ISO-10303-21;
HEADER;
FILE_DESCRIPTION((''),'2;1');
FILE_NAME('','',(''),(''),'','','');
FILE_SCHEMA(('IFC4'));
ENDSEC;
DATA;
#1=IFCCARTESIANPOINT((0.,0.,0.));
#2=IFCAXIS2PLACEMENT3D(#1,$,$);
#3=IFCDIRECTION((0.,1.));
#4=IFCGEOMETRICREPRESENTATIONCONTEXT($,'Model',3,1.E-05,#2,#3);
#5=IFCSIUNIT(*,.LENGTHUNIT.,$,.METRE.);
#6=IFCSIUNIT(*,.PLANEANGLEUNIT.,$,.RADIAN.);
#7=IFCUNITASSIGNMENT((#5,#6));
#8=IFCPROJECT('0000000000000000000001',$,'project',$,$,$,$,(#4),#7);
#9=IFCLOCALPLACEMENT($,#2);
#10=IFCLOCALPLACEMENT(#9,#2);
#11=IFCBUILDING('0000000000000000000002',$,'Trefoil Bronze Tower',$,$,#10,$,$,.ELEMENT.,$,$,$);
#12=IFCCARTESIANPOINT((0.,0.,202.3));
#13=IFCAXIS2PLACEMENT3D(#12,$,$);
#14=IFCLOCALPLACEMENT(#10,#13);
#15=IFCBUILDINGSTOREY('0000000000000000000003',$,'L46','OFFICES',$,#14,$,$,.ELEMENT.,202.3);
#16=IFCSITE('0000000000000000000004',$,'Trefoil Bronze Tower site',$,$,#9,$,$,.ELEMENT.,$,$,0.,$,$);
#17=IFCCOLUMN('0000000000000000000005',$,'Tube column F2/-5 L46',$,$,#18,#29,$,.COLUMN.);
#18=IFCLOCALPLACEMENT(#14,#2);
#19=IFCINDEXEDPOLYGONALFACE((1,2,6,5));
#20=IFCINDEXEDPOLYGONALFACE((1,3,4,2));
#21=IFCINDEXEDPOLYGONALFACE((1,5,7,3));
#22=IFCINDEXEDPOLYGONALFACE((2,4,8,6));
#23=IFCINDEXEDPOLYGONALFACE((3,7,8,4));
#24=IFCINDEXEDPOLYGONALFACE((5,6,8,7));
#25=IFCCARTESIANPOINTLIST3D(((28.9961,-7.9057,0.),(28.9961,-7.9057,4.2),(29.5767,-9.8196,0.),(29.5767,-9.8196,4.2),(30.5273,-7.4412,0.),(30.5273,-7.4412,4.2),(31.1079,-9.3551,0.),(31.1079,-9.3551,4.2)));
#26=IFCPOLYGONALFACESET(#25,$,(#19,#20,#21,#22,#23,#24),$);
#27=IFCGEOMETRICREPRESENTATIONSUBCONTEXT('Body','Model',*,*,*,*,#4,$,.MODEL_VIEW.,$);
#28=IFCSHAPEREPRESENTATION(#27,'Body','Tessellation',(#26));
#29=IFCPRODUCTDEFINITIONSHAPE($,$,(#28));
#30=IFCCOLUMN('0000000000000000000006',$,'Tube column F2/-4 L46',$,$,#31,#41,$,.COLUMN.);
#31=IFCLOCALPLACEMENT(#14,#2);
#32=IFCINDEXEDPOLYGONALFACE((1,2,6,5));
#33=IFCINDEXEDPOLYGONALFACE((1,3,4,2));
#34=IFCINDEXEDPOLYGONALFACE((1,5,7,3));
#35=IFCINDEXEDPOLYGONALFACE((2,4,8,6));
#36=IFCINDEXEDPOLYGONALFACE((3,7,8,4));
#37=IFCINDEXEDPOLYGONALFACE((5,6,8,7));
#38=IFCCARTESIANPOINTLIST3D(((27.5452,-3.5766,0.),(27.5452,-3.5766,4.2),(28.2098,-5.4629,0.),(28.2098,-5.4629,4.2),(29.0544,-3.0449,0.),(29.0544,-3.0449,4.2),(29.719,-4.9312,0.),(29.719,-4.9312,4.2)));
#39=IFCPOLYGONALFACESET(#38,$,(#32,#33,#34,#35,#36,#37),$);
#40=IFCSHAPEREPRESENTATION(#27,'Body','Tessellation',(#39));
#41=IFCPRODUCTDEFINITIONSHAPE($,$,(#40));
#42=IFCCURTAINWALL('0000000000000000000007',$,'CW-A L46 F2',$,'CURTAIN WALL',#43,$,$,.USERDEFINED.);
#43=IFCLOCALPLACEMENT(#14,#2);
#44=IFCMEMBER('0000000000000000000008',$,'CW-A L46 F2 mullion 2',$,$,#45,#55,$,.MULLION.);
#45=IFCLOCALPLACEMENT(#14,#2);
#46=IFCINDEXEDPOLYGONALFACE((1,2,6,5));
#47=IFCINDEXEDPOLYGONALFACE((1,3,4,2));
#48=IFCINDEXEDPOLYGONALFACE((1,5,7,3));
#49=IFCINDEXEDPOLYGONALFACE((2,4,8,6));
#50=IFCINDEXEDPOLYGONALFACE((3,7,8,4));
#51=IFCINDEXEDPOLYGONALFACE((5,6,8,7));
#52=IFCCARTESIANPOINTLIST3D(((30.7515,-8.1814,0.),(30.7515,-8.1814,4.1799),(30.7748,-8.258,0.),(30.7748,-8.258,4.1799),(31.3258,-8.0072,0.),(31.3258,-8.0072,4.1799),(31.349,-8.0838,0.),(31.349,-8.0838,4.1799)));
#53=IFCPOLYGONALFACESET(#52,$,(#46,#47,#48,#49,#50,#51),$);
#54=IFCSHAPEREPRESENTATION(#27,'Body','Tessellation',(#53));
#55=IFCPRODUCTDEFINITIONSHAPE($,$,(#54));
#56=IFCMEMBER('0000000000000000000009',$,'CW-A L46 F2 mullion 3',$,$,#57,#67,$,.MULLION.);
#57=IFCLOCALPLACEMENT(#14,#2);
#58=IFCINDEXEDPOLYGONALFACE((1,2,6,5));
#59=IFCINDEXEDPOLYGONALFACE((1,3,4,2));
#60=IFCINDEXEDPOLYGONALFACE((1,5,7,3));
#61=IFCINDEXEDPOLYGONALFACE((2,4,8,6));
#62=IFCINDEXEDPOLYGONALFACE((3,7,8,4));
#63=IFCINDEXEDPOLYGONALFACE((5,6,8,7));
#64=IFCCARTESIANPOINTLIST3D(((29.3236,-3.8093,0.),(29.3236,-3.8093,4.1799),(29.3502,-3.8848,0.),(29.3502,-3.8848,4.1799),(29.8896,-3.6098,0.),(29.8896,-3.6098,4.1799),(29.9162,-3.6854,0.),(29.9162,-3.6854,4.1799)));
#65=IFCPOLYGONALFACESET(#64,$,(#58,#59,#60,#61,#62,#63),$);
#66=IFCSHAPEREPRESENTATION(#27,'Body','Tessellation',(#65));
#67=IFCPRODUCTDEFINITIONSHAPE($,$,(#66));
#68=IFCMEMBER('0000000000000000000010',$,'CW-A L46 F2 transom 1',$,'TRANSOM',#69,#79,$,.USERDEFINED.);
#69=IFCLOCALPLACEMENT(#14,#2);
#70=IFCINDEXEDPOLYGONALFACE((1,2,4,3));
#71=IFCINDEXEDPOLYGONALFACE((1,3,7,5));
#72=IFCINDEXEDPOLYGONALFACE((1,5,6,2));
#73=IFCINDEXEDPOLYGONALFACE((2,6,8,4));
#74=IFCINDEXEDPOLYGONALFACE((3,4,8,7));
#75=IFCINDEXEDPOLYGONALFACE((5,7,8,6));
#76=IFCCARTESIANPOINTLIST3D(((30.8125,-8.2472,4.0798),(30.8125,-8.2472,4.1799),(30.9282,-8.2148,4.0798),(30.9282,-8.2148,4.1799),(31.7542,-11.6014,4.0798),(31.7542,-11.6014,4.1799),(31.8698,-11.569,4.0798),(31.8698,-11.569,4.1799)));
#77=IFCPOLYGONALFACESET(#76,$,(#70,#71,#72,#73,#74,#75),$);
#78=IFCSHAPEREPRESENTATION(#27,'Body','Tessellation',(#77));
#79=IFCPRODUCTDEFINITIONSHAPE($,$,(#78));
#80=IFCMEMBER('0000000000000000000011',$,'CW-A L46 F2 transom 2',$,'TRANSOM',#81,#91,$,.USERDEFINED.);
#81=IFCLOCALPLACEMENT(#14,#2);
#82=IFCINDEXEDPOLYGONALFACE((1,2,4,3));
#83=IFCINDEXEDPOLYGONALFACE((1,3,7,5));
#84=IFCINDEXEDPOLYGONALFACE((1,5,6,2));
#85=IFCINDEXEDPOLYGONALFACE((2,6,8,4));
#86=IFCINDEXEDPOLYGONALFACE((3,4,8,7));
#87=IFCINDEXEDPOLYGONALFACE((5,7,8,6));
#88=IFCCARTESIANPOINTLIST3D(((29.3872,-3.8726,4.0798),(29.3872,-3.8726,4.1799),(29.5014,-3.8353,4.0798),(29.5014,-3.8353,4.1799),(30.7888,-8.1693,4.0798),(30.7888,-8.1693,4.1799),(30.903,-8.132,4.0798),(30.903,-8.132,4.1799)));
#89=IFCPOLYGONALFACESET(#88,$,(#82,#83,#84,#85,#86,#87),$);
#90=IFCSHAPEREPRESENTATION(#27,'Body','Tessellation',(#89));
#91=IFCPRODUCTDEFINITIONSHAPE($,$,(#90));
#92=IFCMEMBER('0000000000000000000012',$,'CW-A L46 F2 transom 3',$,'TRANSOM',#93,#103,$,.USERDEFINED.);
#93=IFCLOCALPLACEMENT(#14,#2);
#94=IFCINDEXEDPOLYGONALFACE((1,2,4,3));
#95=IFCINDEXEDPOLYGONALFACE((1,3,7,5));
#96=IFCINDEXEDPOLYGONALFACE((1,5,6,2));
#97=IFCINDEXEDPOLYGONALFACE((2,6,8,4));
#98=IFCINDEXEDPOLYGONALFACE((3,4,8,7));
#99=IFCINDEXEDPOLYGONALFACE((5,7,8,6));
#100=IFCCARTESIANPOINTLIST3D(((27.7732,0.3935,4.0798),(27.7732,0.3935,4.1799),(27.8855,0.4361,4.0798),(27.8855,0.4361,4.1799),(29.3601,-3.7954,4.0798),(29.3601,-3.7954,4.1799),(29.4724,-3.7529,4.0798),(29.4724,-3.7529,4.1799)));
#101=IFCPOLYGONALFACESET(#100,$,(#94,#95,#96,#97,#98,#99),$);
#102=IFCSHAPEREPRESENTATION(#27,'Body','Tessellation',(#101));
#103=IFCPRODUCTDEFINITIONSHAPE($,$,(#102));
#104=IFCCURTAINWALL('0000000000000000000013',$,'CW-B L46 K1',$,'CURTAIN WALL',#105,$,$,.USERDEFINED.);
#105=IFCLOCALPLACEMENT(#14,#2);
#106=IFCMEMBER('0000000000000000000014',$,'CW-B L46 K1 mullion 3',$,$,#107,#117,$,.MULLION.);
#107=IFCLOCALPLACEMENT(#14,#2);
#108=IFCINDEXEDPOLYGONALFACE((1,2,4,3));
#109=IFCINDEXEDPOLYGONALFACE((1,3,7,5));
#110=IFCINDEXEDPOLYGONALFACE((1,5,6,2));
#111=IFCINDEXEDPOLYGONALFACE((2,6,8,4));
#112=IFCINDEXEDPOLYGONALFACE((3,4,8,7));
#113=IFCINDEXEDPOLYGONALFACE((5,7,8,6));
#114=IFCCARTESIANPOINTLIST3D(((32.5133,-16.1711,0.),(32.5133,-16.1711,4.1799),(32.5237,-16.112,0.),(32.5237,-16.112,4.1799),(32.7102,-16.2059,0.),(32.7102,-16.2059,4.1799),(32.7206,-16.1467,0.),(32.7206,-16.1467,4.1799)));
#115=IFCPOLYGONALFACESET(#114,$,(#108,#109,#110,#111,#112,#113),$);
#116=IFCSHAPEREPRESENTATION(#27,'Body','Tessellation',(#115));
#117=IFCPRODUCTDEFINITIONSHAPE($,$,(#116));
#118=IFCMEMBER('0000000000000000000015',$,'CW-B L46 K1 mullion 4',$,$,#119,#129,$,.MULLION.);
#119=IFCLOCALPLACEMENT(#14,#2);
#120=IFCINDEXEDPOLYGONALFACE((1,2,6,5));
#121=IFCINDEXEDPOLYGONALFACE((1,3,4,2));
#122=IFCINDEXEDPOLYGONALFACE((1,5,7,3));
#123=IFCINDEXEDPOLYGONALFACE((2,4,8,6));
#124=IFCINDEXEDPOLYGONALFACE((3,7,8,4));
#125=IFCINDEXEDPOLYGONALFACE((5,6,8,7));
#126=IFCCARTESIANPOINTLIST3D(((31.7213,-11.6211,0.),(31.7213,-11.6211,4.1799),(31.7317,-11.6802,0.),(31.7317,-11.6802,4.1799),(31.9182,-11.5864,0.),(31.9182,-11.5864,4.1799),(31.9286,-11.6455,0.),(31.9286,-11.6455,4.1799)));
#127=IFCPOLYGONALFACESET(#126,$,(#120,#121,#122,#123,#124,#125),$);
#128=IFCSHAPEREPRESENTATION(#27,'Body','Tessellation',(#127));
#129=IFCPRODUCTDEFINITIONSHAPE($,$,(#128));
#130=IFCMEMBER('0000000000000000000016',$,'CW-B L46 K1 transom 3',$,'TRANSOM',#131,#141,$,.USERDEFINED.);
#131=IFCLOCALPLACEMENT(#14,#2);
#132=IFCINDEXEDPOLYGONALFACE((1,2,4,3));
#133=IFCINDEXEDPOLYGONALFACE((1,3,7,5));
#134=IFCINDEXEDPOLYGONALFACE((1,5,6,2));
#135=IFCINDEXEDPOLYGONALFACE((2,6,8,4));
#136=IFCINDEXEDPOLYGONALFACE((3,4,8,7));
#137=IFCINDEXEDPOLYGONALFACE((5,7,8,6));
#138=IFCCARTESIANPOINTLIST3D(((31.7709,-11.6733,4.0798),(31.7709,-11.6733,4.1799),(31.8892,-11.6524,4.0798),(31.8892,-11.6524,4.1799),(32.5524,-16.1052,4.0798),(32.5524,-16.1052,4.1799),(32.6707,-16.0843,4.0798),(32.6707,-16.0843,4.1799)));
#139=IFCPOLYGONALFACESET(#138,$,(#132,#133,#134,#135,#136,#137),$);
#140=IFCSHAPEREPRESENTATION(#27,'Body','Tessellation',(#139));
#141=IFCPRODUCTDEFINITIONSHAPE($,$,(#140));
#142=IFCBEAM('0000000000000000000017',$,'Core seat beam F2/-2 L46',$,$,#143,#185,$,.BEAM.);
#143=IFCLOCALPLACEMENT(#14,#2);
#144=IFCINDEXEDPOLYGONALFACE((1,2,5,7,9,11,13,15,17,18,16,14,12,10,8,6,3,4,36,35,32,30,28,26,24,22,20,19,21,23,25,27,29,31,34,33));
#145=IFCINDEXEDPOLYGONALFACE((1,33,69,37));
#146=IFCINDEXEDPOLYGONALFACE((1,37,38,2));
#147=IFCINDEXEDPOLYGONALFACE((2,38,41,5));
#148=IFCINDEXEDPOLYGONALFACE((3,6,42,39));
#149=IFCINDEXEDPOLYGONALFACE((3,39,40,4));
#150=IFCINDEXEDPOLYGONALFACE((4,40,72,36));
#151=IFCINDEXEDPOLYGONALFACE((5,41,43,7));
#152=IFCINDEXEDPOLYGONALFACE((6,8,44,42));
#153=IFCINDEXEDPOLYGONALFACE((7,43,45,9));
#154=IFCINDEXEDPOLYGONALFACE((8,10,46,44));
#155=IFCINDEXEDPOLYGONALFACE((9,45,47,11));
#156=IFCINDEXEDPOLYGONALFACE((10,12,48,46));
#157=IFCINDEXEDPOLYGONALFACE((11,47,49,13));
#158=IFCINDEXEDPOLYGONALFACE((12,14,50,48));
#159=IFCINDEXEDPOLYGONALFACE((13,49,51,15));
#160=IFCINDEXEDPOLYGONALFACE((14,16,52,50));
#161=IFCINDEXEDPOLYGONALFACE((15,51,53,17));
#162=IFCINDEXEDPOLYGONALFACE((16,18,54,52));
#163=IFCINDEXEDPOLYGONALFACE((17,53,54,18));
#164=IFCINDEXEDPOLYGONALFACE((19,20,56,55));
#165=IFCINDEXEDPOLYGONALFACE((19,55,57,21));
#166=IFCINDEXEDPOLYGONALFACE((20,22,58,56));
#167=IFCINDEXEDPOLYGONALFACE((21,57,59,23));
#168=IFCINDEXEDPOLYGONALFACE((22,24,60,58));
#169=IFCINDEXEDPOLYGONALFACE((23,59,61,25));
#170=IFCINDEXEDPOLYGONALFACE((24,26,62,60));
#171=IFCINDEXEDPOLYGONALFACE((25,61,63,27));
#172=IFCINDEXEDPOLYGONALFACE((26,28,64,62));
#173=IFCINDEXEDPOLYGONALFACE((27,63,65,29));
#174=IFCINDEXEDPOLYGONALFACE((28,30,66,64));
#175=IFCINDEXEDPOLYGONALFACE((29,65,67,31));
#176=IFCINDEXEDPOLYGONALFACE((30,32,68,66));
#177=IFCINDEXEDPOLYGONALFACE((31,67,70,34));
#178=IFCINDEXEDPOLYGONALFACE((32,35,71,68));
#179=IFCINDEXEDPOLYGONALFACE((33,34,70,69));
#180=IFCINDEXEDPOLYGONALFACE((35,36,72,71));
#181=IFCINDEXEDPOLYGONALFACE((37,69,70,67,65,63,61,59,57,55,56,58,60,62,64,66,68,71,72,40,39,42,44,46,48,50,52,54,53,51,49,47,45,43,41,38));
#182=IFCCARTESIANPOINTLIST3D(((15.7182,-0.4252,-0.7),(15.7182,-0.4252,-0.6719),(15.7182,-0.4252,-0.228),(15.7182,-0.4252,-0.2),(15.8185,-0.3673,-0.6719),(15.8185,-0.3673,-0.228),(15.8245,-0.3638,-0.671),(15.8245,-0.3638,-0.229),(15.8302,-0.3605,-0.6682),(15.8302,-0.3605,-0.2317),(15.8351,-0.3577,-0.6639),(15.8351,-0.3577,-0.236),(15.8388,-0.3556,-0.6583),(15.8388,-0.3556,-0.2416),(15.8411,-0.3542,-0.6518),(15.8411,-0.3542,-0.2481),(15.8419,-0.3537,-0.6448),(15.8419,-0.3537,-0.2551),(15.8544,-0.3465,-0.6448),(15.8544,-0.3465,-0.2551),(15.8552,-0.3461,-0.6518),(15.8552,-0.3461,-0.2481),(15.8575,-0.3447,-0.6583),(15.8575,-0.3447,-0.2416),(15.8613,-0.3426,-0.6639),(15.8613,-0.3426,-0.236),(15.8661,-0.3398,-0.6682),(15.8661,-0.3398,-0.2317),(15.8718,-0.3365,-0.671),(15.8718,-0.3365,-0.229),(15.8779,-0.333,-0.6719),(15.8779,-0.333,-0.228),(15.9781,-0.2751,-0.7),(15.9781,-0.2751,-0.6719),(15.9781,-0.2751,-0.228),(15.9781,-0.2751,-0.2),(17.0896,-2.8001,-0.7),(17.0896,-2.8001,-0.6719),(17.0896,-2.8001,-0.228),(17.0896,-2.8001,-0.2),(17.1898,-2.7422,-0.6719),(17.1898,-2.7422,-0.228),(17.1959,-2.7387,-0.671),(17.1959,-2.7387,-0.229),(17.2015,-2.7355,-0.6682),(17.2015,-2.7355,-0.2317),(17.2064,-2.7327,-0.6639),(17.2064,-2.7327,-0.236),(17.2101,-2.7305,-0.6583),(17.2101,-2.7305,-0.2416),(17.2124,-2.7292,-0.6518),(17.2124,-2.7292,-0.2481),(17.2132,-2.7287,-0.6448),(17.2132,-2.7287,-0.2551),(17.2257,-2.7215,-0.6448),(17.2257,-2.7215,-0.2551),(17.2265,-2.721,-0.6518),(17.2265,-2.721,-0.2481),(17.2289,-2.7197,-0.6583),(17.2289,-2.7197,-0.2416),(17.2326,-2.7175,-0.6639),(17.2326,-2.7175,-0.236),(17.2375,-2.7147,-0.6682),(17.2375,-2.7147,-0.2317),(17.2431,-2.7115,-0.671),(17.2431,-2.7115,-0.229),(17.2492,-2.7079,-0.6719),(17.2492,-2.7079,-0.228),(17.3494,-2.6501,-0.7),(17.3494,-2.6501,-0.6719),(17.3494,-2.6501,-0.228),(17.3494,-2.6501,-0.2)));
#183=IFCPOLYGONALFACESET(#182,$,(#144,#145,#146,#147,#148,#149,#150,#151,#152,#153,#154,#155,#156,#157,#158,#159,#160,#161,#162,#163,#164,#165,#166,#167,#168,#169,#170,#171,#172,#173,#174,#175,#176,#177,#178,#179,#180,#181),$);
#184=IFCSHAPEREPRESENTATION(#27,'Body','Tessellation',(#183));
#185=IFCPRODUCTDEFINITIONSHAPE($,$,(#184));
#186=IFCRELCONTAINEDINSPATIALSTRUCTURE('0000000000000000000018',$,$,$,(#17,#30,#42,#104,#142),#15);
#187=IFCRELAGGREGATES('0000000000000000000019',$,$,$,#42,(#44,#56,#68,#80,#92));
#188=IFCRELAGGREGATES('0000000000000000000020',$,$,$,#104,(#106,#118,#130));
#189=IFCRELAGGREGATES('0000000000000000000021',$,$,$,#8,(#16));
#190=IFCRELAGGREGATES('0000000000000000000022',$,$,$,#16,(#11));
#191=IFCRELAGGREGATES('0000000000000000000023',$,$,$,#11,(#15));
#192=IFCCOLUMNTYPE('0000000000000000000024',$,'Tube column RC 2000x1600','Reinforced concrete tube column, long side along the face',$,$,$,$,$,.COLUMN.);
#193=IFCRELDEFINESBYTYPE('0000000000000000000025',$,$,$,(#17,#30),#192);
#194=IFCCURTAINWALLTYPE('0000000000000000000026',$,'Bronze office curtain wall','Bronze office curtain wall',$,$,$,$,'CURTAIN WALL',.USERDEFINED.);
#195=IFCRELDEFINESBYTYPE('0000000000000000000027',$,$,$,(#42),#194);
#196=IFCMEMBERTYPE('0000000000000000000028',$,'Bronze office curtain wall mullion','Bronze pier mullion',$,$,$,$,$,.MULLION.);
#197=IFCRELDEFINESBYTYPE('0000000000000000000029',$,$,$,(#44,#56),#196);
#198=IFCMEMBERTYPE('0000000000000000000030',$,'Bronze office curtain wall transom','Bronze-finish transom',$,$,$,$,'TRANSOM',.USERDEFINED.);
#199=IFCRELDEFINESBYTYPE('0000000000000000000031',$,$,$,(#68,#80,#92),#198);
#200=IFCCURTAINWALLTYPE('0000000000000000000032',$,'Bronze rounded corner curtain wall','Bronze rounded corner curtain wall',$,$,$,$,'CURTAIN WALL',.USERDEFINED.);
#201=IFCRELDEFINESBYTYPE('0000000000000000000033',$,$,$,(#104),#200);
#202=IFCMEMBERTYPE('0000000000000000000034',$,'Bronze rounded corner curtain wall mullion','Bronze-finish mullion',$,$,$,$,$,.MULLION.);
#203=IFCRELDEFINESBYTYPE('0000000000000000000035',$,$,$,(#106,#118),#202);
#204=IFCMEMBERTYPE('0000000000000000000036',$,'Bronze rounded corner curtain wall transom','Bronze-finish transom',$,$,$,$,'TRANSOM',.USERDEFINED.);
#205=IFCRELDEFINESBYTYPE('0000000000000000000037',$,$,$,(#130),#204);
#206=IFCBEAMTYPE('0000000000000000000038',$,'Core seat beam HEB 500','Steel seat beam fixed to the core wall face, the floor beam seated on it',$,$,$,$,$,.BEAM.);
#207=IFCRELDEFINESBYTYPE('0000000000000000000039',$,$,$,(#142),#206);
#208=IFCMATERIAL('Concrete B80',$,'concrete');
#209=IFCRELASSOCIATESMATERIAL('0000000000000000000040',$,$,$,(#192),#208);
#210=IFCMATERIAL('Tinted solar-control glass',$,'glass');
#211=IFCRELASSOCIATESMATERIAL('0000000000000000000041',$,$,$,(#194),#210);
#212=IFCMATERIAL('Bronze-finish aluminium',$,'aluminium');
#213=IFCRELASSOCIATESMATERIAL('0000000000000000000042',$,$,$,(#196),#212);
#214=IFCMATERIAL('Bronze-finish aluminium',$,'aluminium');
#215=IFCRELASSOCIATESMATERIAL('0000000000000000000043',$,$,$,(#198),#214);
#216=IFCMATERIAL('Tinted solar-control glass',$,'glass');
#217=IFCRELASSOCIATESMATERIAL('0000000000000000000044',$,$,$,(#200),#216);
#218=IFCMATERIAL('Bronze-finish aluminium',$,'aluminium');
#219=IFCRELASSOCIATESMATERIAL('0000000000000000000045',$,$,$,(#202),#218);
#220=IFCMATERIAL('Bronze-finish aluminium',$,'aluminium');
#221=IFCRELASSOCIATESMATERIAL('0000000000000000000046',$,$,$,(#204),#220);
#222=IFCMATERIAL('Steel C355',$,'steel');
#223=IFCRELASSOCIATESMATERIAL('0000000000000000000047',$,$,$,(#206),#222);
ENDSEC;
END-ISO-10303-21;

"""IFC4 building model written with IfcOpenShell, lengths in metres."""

from ifc_helpers import new_model, si_unit, direction, frame, origin, origin_2d, place, context, subcontext, project, spatial, rectangle, i_section, extrude, material, material_profile, profile_set, type_object, element, aggregate, save


model = new_model("IFC4")

# Units and contexts
model_context = context("Model", 3, precision=1e-05, world=origin(), true_north=direction((0.0, 1.0)))
body_context = subcontext(model_context, "Body", "Model", "MODEL_VIEW")
ifc_project = project(units=[si_unit("LENGTHUNIT", "METRE"), si_unit("PLANEANGLEUNIT", "RADIAN")], contexts=[model_context])

# Site, building, storey
site_placement = place(None, origin())
site = spatial("IfcSite", under=ifc_project, at=site_placement, Name="Trefoil Bronze Tower site", CompositionType="ELEMENT", RefElevation=0.0)
building_placement = place(site_placement, origin())
building = spatial("IfcBuilding", under=site, at=building_placement, Name="Trefoil Bronze Tower", CompositionType="ELEMENT")
storey_placement = place(building_placement, frame((0.0, 0.0, 202.3)))
storey = spatial("IfcBuildingStorey", under=building, at=storey_placement, Name="L46", Description="OFFICES", CompositionType="ELEMENT", Elevation=202.3)

# Columns
ifc_material_1 = material(Name="Concrete B80", Category="concrete")
ifc_material_profile_1 = material_profile(ifc_material_1, rectangle(XDim=2.0, YDim=1.6001, at=origin_2d()), Name="RC 2000x1600")
ifc_profile_set_1 = profile_set([ifc_material_profile_1], Name="Concrete B80")
column_type = type_object("IfcColumnType", Name="Tube column RC 2000x1600", Description="Reinforced concrete tube column, long side along the face", PredefinedType="COLUMN", material=ifc_profile_set_1)
for number, where, z_axis, x_axis, name in (
    (1, (30.052, -8.6304, 0.0), (0.0, 0.0, 1.0), (-0.290278, 0.956942, 0.0), "Tube column F2/-5 L46"),
    (2, (28.6321, -4.2539, 0.0), (0.0, 0.0, 1.0), (-0.332282, 0.94318, 0.0), "Tube column F2/-4 L46"),
):
    element("IfcColumn", number, at=place(storey_placement, frame(where, z_axis=z_axis, x_axis=x_axis)), inside=storey, type_object=column_type, Name=name, PredefinedType="COLUMN", context=body_context, shape_type="SweptSolid", body=[
        extrude(rectangle(XDim=2.0, YDim=1.6001, at=origin_2d()), origin(), (0.0, 0.0, 1.0), 4.2),
    ])

# Curtain walls, members
ifc_material_2 = material(Name="Tinted solar-control glass", Category="glass")
curtain_wall_type_1 = type_object("IfcCurtainWallType", Name="Bronze office curtain wall", Description="Bronze office curtain wall", ElementType="CURTAIN WALL", PredefinedType="USERDEFINED", material=ifc_material_2)
curtain_wall_1_placement = place(storey_placement, origin())
curtain_wall_1 = element("IfcCurtainWall", 3, at=curtain_wall_1_placement, inside=storey, type_object=curtain_wall_type_1, Name="CW-A L46 F2", ObjectType="CURTAIN WALL", PredefinedType="USERDEFINED")
ifc_material_3 = material(Name="Bronze-finish aluminium", Category="aluminium")
ifc_material_profile_2 = material_profile(ifc_material_3, rectangle(XDim=0.6001, YDim=0.0801, at=origin_2d()), Name="CW-A mullion")
ifc_profile_set_2 = profile_set([ifc_material_profile_2], Name="Bronze-finish aluminium")
member_type_1 = type_object("IfcMemberType", Name="Bronze office curtain wall mullion", Description="Bronze pier mullion", PredefinedType="MULLION", material=ifc_profile_set_2)
member_1_placement = place(storey_placement, frame((31.0503, -8.1326, 0.0), z_axis=(0.0, 0.0, 1.0), x_axis=(-0.956942, -0.290278, 0.0)))
member_1 = element("IfcMember", 4, at=member_1_placement, type_object=member_type_1, Name="CW-A L46 F2 mullion 2", PredefinedType="MULLION", context=body_context, shape_type="SweptSolid", body=[
    extrude(rectangle(XDim=0.6001, YDim=0.0801, at=origin_2d()), origin(), (0.0, 0.0, 1.0), 4.1799),
])
member_2_placement = place(storey_placement, frame((29.6199, -3.7473, 0.0), z_axis=(0.0, 0.0, 1.0), x_axis=(-0.94318, -0.332282, 0.0)))
member_2 = element("IfcMember", 5, at=member_2_placement, type_object=member_type_1, Name="CW-A L46 F2 mullion 3", PredefinedType="MULLION", context=body_context, shape_type="SweptSolid", body=[
    extrude(rectangle(XDim=0.6001, YDim=0.0801, at=origin_2d()), origin(), (0.0, 0.0, 1.0), 4.1799),
])
ifc_material_4 = material(Name="Bronze-finish aluminium", Category="aluminium")
ifc_material_profile_3 = material_profile(ifc_material_4, rectangle(XDim=0.1201, YDim=0.1001, at=origin_2d()), Name="CW-A transom")
ifc_profile_set_3 = profile_set([ifc_material_profile_3], Name="Bronze-finish aluminium")
member_type_2 = type_object("IfcMemberType", Name="Bronze office curtain wall transom", Description="Bronze-finish transom", ElementType="TRANSOM", PredefinedType="USERDEFINED", material=ifc_profile_set_3)
member_3_placement = place(storey_placement, frame((31.812, -11.5852, 4.1299), z_axis=(-0.270285, 0.96278, 0.0), x_axis=(-0.96278, -0.270285, 0.0)))
member_3 = element("IfcMember", 6, at=member_3_placement, type_object=member_type_2, Name="CW-A L46 F2 transom 1", ObjectType="TRANSOM", PredefinedType="USERDEFINED", context=body_context, shape_type="SweptSolid", body=[
    extrude(rectangle(XDim=0.1201, YDim=0.1001, at=origin_2d()), origin(), (0.0, 0.0, 1.0), 3.4839),
])
member_4_placement = place(storey_placement, frame((30.8459, -8.1506, 4.1299), z_axis=(-0.310128, 0.950695, 0.0), x_axis=(-0.950695, -0.310128, 0.0)))
member_4 = element("IfcMember", 7, at=member_4_placement, type_object=member_type_2, Name="CW-A L46 F2 transom 2", ObjectType="TRANSOM", PredefinedType="USERDEFINED", context=body_context, shape_type="SweptSolid", body=[
    extrude(rectangle(XDim=0.1201, YDim=0.1001, at=origin_2d()), origin(), (0.0, 0.0, 1.0), 4.5195),
])
member_5_placement = place(storey_placement, frame((29.4163, -3.7742, 4.1299), z_axis=(-0.354263, 0.935146, 0.0), x_axis=(-0.935146, -0.354263, 0.0)))
member_5 = element("IfcMember", 8, at=member_5_placement, type_object=member_type_2, Name="CW-A L46 F2 transom 3", ObjectType="TRANSOM", PredefinedType="USERDEFINED", context=body_context, shape_type="SweptSolid", body=[
    extrude(rectangle(XDim=0.1201, YDim=0.1001, at=origin_2d()), origin(), (0.0, 0.0, 1.0), 4.4795),
])
ifc_material_5 = material(Name="Tinted solar-control glass", Category="glass")
curtain_wall_type_2 = type_object("IfcCurtainWallType", Name="Bronze rounded corner curtain wall", Description="Bronze rounded corner curtain wall", ElementType="CURTAIN WALL", PredefinedType="USERDEFINED", material=ifc_material_5)
curtain_wall_2_placement = place(storey_placement, origin())
curtain_wall_2 = element("IfcCurtainWall", 9, at=curtain_wall_2_placement, inside=storey, type_object=curtain_wall_type_2, Name="CW-B L46 K1", ObjectType="CURTAIN WALL", PredefinedType="USERDEFINED")
ifc_material_6 = material(Name="Bronze-finish aluminium", Category="aluminium")
ifc_material_profile_4 = material_profile(ifc_material_6, rectangle(XDim=0.2, YDim=0.0601, at=origin_2d()), Name="CW-B mullion")
ifc_profile_set_4 = profile_set([ifc_material_profile_4], Name="Bronze-finish aluminium")
member_type_3 = type_object("IfcMemberType", Name="Bronze rounded corner curtain wall mullion", Description="Bronze-finish mullion", PredefinedType="MULLION", material=ifc_profile_set_4)
member_6_placement = place(storey_placement, frame((32.6169, -16.1589, 0.0), z_axis=(0.0, 0.0, 1.0), x_axis=(-0.984808, 0.173648, 0.0)))
member_6 = element("IfcMember", 10, at=member_6_placement, type_object=member_type_3, Name="CW-B L46 K1 mullion 3", PredefinedType="MULLION", context=body_context, shape_type="SweptSolid", body=[
    extrude(rectangle(XDim=0.2, YDim=0.0601, at=origin_2d()), origin(), (0.0, 0.0, 1.0), 4.1799),
])
member_7_placement = place(storey_placement, frame((31.825, -11.6333, 0.0), z_axis=(0.0, 0.0, 1.0), x_axis=(-0.984808, -0.173648, 0.0)))
member_7 = element("IfcMember", 11, at=member_7_placement, type_object=member_type_3, Name="CW-B L46 K1 mullion 4", PredefinedType="MULLION", context=body_context, shape_type="SweptSolid", body=[
    extrude(rectangle(XDim=0.2, YDim=0.0601, at=origin_2d()), origin(), (0.0, 0.0, 1.0), 4.1799),
])
ifc_material_7 = material(Name="Bronze-finish aluminium", Category="aluminium")
ifc_material_profile_5 = material_profile(ifc_material_7, rectangle(XDim=0.1201, YDim=0.1001, at=origin_2d()), Name="CW-B transom")
ifc_profile_set_5 = profile_set([ifc_material_profile_5], Name="Bronze-finish aluminium")
member_type_4 = type_object("IfcMemberType", Name="Bronze rounded corner curtain wall transom", Description="Bronze-finish transom", ElementType="TRANSOM", PredefinedType="USERDEFINED", material=ifc_profile_set_5)
member_8_placement = place(storey_placement, frame((32.6116, -16.0947, 4.1299), z_axis=(-0.173655, 0.984806, 0.0), x_axis=(-0.984806, -0.173655, 0.0)))
member_8 = element("IfcMember", 12, at=member_8_placement, type_object=member_type_4, Name="CW-B L46 K1 transom 3", ObjectType="TRANSOM", PredefinedType="USERDEFINED", context=body_context, shape_type="SweptSolid", body=[
    extrude(rectangle(XDim=0.1201, YDim=0.1001, at=origin_2d()), origin(), (0.0, 0.0, 1.0), 4.5002),
])

# Beam
ifc_material_8 = material(Name="Steel C355", Category="steel")
ifc_material_profile_6 = material_profile(ifc_material_8, i_section(OverallWidth=0.3, OverallDepth=0.5, WebThickness=0.0144, FlangeThickness=0.0281, FilletRadius=0.0271, at=origin_2d()), Name="HEB 500")
ifc_profile_set_6 = profile_set([ifc_material_profile_6], Name="Steel C355")
beam_type_1 = type_object("IfcBeamType", Name="Core seat beam HEB 500", Description="Steel seat beam fixed to the core wall face, the floor beam seated on it", PredefinedType="BEAM", material=ifc_profile_set_6)
beam_1_placement = place(storey_placement, frame((17.2195, -2.7251, -0.45), z_axis=(-0.500036, 0.866005, 0.0), x_axis=(-0.866005, -0.500036, 0.0)))
element("IfcBeam", 13, at=beam_1_placement, inside=storey, type_object=beam_type_1, Name="Core seat beam F2/-2 L46", PredefinedType="BEAM", context=body_context, shape_type="SweptSolid", body=[
    extrude(i_section(OverallWidth=0.3, OverallDepth=0.5, WebThickness=0.0144, FlangeThickness=0.0281, FilletRadius=0.0271, at=origin_2d()), origin(), (0.0, 0.0, 1.0), 2.7424),
])

aggregate(curtain_wall_1, [member_1, member_2, member_3, member_4, member_5])
aggregate(curtain_wall_2, [member_6, member_7, member_8])

save(model, "model.ifc")
